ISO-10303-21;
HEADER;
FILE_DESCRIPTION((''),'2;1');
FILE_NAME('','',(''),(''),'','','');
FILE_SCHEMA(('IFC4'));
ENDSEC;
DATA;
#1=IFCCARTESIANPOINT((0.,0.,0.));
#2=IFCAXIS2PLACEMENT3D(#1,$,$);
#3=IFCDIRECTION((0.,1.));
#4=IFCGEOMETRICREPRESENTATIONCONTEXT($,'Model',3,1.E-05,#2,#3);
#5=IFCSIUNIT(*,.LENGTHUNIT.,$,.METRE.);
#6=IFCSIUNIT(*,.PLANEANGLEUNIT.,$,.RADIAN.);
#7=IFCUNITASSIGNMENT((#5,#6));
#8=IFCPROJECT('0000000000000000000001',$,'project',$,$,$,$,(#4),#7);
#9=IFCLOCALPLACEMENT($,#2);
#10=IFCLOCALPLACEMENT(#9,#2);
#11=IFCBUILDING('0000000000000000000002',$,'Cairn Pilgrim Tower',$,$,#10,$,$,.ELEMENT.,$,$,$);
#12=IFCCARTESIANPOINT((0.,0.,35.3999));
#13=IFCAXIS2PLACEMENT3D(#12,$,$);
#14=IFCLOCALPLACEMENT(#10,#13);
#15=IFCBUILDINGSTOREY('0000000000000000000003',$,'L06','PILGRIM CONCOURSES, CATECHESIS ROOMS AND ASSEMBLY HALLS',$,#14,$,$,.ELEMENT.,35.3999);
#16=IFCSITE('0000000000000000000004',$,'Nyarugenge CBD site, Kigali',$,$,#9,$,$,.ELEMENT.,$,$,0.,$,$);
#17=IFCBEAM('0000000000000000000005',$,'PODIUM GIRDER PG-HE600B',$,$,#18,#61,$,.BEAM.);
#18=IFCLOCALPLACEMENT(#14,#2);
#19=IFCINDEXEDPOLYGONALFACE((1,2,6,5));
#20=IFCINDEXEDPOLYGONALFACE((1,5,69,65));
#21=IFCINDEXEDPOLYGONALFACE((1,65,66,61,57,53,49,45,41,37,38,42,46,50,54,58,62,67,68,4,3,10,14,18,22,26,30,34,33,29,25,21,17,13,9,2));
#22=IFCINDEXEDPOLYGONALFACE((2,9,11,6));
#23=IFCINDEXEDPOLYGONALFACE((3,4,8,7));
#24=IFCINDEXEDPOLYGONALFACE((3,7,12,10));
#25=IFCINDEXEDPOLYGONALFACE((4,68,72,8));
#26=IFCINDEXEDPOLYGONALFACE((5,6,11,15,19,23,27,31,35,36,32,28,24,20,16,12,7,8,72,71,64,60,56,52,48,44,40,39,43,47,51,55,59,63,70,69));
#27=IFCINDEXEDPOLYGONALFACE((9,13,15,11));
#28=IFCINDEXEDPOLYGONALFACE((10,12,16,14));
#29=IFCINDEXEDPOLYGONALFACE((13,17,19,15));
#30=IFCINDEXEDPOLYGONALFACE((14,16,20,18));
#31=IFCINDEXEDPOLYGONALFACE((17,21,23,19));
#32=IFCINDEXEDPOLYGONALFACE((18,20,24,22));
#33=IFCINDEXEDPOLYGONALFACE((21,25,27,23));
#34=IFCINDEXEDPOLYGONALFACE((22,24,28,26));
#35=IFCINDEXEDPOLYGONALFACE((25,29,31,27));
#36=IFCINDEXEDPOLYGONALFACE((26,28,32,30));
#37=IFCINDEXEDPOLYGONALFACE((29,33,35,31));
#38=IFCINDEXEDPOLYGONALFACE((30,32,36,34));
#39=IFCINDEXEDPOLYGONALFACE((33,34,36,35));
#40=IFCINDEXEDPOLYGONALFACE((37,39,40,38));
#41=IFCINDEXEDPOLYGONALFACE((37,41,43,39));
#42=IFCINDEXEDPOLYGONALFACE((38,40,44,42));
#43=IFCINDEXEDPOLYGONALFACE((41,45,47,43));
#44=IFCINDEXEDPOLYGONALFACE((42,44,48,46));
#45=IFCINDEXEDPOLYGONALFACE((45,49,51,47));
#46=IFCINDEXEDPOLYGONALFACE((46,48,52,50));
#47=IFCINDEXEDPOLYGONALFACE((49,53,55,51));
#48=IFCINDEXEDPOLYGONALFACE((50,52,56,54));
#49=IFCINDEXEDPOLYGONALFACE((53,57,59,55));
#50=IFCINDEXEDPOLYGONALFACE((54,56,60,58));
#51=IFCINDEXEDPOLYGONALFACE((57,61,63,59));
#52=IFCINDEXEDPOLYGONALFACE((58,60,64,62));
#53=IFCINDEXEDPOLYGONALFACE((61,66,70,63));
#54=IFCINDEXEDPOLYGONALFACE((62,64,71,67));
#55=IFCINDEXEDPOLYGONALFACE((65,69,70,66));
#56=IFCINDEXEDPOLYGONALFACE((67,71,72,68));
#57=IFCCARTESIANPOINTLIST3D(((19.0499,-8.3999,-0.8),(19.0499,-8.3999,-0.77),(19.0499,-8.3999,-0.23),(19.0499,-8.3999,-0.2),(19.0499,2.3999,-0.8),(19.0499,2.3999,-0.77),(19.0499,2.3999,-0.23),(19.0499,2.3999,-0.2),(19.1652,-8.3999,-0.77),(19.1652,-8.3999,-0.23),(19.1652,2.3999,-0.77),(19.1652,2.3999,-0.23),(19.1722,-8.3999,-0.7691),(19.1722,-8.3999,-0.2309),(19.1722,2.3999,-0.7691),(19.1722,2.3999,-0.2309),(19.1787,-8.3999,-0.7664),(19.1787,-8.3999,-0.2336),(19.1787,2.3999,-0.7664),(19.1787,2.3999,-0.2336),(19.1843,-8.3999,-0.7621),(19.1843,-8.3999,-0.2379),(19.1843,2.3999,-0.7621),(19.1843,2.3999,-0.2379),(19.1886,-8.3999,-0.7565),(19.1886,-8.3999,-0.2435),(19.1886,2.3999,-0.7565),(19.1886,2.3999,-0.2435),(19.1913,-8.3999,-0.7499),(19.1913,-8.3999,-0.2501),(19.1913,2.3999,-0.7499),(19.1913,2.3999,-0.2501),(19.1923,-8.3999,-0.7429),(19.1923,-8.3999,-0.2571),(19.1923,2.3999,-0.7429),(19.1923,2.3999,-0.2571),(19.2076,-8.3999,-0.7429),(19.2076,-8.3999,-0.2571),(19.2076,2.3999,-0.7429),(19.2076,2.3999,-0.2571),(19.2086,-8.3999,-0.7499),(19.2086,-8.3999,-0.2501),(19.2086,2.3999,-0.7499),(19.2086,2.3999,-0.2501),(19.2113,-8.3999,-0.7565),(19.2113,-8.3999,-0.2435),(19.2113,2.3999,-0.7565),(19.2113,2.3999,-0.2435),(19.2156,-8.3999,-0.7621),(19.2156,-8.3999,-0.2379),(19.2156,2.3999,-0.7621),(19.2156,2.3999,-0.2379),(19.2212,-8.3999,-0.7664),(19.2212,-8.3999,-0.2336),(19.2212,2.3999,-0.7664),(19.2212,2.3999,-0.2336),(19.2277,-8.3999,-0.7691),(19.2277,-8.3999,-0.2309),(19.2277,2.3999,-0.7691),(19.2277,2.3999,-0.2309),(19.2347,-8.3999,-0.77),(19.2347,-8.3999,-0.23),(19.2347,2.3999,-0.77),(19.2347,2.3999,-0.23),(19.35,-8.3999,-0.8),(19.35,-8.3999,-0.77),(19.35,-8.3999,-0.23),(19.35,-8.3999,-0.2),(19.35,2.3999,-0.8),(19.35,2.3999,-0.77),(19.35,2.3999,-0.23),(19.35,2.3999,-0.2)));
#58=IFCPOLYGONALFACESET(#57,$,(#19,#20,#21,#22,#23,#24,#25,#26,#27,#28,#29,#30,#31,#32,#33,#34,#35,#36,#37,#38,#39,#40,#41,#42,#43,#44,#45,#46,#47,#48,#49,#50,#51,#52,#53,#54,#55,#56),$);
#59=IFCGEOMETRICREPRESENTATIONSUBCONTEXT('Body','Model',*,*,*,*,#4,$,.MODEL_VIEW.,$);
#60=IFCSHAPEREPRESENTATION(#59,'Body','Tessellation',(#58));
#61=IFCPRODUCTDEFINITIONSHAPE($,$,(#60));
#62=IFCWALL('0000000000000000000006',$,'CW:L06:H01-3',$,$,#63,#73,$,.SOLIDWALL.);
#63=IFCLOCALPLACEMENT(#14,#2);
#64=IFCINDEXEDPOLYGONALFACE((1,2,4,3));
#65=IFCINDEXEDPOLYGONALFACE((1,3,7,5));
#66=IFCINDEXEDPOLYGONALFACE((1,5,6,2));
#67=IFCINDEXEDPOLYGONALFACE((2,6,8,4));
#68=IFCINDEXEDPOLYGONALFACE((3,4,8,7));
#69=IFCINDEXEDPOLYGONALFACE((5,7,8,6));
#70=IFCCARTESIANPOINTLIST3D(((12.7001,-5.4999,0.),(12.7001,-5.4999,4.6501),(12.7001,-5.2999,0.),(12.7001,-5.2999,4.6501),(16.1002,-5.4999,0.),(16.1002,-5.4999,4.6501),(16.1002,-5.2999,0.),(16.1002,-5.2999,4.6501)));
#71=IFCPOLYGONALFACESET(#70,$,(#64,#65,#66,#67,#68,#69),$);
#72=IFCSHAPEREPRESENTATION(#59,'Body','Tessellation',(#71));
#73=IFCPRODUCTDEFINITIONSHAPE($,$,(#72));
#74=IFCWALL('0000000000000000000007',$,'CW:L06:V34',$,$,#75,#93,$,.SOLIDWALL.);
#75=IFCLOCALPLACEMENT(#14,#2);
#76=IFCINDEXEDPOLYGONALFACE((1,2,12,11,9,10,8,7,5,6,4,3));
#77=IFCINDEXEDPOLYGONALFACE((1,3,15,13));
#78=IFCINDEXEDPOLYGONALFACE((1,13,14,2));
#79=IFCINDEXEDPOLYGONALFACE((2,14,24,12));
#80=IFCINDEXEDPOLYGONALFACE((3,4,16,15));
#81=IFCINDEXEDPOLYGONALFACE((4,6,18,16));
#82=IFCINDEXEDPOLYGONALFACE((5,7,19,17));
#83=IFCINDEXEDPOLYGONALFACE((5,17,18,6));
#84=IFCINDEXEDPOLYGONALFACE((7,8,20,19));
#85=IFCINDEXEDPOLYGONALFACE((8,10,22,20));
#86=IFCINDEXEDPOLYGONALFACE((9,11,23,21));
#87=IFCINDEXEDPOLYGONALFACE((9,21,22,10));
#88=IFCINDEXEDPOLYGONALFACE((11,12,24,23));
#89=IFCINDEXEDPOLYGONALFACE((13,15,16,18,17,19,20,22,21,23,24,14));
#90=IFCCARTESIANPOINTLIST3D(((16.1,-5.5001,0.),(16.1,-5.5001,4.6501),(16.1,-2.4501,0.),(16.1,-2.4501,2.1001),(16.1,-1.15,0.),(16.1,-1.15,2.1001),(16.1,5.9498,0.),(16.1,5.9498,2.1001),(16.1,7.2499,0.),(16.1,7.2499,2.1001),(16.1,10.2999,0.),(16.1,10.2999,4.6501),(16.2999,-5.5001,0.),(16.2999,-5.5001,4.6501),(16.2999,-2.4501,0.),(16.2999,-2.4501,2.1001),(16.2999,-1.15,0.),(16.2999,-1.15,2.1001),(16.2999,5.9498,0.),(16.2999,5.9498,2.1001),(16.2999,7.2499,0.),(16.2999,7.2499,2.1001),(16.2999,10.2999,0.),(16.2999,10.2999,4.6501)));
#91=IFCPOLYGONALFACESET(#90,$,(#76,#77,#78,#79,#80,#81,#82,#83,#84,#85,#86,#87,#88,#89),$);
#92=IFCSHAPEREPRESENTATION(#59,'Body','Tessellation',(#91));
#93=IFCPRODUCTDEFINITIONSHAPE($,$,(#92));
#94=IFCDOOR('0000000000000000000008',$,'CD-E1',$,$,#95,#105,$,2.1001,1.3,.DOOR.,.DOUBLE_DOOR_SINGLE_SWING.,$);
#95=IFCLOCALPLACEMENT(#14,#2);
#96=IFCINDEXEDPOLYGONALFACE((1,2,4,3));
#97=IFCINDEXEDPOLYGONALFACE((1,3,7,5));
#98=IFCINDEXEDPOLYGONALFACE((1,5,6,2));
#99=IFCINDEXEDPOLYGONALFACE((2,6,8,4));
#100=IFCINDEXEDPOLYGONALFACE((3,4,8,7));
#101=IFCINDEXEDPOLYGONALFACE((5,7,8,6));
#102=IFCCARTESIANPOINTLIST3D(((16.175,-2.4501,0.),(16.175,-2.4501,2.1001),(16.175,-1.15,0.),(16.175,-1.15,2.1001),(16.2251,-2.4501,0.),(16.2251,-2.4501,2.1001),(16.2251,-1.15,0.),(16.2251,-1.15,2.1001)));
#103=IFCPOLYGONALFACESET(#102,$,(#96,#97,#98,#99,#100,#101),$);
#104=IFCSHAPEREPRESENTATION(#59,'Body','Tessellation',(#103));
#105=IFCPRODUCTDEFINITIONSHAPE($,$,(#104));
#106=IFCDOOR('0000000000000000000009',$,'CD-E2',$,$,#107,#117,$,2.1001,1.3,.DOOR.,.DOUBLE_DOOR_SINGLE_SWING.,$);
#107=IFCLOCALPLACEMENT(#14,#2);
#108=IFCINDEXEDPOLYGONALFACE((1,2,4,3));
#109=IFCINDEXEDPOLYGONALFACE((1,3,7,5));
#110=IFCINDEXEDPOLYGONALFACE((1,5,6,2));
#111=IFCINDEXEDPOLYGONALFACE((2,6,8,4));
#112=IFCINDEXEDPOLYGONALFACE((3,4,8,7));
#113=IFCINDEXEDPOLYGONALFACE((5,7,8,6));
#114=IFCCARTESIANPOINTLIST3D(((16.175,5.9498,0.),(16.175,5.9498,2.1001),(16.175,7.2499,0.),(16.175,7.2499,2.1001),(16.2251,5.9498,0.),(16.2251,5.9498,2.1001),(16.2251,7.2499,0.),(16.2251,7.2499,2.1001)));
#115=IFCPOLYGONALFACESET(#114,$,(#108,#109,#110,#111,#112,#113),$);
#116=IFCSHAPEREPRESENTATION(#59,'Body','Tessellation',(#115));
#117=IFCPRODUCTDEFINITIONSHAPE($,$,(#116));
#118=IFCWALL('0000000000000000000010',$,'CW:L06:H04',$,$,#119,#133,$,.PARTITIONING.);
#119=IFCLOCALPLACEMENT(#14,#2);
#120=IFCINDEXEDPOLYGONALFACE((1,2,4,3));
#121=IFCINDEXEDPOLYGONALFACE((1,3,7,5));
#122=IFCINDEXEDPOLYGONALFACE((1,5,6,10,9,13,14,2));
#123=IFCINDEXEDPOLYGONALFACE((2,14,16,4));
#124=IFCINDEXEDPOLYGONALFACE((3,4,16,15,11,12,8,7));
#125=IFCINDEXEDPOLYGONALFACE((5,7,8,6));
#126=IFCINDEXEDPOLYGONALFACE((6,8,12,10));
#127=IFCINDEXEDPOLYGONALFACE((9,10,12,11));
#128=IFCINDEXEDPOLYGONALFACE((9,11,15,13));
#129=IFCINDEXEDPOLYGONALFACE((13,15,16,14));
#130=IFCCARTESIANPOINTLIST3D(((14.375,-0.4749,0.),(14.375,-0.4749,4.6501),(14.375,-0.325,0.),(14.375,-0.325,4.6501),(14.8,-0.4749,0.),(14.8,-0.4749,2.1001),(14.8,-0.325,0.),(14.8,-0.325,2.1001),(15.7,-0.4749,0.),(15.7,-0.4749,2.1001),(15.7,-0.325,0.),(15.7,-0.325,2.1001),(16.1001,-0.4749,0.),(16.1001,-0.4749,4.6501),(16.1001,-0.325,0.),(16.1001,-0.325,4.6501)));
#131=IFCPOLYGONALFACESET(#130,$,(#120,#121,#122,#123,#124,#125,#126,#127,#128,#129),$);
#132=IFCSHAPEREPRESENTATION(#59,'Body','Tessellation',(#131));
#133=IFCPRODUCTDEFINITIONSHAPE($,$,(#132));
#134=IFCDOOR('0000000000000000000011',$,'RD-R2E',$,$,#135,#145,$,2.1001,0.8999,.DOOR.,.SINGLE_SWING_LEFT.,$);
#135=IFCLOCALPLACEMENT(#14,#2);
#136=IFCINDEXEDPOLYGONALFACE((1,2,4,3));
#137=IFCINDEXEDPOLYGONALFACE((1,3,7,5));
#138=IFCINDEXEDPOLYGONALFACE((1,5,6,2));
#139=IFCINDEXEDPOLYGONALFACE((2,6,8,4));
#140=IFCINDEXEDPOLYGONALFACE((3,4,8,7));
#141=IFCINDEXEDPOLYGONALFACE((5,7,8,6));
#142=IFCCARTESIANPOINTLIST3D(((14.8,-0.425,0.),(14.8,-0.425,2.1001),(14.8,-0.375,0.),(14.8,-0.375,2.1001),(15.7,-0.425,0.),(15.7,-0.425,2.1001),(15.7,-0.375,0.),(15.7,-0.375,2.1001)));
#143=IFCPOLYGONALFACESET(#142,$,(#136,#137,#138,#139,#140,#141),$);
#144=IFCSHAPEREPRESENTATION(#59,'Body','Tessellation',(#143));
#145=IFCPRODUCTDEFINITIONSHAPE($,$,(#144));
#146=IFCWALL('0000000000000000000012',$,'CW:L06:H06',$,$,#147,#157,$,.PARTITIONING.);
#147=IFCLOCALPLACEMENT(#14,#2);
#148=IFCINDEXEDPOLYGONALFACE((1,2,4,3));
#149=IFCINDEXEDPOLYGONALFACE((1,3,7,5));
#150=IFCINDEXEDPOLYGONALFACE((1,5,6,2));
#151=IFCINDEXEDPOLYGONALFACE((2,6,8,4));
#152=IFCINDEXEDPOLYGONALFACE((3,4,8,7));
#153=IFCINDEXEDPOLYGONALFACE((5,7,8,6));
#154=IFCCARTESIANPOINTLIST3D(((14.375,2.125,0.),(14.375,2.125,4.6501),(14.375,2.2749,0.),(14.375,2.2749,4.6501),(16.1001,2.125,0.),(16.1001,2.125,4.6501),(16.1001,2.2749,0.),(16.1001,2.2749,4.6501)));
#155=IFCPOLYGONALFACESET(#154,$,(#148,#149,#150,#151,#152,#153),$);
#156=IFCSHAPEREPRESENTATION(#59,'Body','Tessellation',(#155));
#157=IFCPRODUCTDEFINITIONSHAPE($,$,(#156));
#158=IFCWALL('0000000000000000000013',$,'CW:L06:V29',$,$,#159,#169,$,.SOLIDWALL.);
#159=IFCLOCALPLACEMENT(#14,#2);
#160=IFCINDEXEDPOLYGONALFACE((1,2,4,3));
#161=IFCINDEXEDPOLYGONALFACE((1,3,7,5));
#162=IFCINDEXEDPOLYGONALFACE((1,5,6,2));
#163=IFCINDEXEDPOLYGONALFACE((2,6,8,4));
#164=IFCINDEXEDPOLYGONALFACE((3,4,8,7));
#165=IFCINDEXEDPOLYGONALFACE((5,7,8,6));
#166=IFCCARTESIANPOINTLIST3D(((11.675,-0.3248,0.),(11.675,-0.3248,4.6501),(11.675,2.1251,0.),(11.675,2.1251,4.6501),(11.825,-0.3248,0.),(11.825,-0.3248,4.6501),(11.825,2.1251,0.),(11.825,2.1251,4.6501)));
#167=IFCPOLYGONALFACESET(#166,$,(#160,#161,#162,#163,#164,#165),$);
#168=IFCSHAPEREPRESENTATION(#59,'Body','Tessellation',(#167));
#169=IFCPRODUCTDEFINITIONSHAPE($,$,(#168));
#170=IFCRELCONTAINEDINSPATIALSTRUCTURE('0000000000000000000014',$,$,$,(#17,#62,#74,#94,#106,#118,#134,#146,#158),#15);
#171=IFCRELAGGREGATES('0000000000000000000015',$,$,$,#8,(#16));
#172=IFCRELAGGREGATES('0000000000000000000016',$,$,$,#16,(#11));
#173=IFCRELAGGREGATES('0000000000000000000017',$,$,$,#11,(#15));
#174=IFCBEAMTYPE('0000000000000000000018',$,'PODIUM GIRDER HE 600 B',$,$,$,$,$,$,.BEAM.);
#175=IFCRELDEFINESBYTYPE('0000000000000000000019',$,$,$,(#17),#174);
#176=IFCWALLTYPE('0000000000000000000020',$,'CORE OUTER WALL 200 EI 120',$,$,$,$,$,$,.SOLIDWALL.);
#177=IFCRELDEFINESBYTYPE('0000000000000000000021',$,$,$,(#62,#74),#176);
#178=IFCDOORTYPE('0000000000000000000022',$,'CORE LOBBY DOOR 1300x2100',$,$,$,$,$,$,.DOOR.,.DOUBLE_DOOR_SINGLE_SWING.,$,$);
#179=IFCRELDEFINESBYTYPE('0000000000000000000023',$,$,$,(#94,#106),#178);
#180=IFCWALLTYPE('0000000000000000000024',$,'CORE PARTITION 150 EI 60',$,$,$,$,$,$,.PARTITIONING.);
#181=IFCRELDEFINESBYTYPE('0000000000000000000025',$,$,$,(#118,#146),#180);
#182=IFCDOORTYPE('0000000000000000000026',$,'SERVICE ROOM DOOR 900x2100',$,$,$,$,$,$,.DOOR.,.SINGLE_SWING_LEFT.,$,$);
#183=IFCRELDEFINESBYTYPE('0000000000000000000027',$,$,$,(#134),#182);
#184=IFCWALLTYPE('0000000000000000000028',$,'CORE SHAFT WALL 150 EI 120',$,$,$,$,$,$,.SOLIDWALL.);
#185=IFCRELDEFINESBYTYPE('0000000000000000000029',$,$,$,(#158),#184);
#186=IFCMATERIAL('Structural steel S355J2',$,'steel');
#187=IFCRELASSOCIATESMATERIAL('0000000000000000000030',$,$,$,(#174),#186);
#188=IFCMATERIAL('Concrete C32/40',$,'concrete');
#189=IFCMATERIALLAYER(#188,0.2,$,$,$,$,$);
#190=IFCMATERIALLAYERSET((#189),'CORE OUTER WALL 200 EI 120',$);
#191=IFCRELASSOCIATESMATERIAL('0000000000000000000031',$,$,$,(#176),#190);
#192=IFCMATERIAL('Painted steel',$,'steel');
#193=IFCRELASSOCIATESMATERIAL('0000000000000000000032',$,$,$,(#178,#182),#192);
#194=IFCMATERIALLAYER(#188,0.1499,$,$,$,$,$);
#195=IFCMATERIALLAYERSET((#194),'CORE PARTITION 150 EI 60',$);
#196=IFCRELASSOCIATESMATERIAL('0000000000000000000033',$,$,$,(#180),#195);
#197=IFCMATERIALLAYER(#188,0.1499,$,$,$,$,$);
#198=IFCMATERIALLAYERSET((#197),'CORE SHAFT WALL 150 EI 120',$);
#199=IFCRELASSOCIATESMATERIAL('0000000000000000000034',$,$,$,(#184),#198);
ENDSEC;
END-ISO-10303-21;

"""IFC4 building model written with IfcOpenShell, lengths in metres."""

from ifc_helpers import new_model, si_unit, direction, frame, frame_2d, origin, origin_2d, place, context, subcontext, project, spatial, rectangle, i_section, extrude, material, layer, layer_set, material_profile, profile_set, type_object, element, fill, save


model = new_model("IFC4")

# Units and contexts
model_context = context("Model", 3, precision=1e-05, world=origin(), true_north=direction((0.0, 1.0)))
body_context = subcontext(model_context, "Body", "Model", "MODEL_VIEW")
ifc_project = project(units=[si_unit("LENGTHUNIT", "METRE"), si_unit("PLANEANGLEUNIT", "RADIAN")], contexts=[model_context])

# Site, building, storey
site_placement = place(None, origin())
site = spatial("IfcSite", under=ifc_project, at=site_placement, Name="Nyarugenge CBD site, Kigali", CompositionType="ELEMENT", RefElevation=0.0)
building_placement = place(site_placement, origin())
building = spatial("IfcBuilding", under=site, at=building_placement, Name="Cairn Pilgrim Tower", CompositionType="ELEMENT")
storey_placement = place(building_placement, frame((0.0, 0.0, 35.3999)))
storey = spatial("IfcBuildingStorey", under=building, at=storey_placement, Name="L06", Description="PILGRIM CONCOURSES, CATECHESIS ROOMS AND ASSEMBLY HALLS", CompositionType="ELEMENT", Elevation=35.3999)

# Beam
ifc_material_1 = material(Name="Structural steel S355J2", Category="steel")
ifc_material_profile_1 = material_profile(ifc_material_1, i_section(OverallWidth=0.3, OverallDepth=0.6001, WebThickness=0.0154, FlangeThickness=0.03, FilletRadius=0.0271, at=origin_2d()), Name="HEB 600")
ifc_profile_set_1 = profile_set([ifc_material_profile_1], Name="Structural steel S355J2")
beam_type_1 = type_object("IfcBeamType", Name="PODIUM GIRDER HE 600 B", PredefinedType="BEAM", material=ifc_profile_set_1)
beam_1_placement = place(storey_placement, frame((19.2, -8.3999, -0.5), z_axis=(0.0, 1.0, 0.0), x_axis=(-1.0, 0.0, 0.0)))
element("IfcBeam", 1, at=beam_1_placement, inside=storey, type_object=beam_type_1, Name="PODIUM GIRDER PG-HE600B", PredefinedType="BEAM", context=body_context, shape_type="SweptSolid", body=[
    extrude(i_section(OverallWidth=0.3, OverallDepth=0.6001, WebThickness=0.0154, FlangeThickness=0.03, FilletRadius=0.0271, at=origin_2d()), origin(), (0.0, 0.0, 1.0), 10.7998),
])

# Wall
ifc_material_2 = material(Name="Concrete C32/40", Category="concrete")
ifc_layer_1 = layer(ifc_material_2, 0.2)
ifc_layer_set_1 = layer_set([ifc_layer_1], Name="CORE OUTER WALL 200 EI 120")
wall_type_1 = type_object("IfcWallType", Name="CORE OUTER WALL 200 EI 120", PredefinedType="SOLIDWALL", material=ifc_layer_set_1)
wall_1_placement = place(storey_placement, frame((12.7, -5.3999, 0.0), z_axis=(0.0, 0.0, 1.0), x_axis=(1.0, 0.0, 0.0)))
element("IfcWall", 2, at=wall_1_placement, inside=storey, type_object=wall_type_1, Name="CW:L06:H01-3", PredefinedType="SOLIDWALL", context=body_context, shape_type="SweptSolid", body=[
    extrude(rectangle(XDim=3.4001, YDim=0.2, at=frame_2d((1.7002, 0.0))), origin(), (0.0, 0.0, 1.0), 4.6501),
])

# Wall, openings, doors
wall_2_placement = place(storey_placement, frame((16.2, -5.5, 0.0), z_axis=(0.0, 0.0, 1.0), x_axis=(0.0, 1.0, 0.0)))
wall_2 = element("IfcWall", 3, at=wall_2_placement, inside=storey, type_object=wall_type_1, Name="CW:L06:V34", PredefinedType="SOLIDWALL", context=body_context, shape_type="SweptSolid", body=[
    extrude(rectangle(XDim=15.8, YDim=0.2, at=frame_2d((7.8999, 0.0))), origin(), (0.0, 0.0, 1.0), 4.6501),
])
opening_1_placement = place(wall_2_placement, frame((3.05, 0.0, 0.0)))
opening_1 = element("IfcOpeningElement", 4, at=opening_1_placement, cuts=wall_2, PredefinedType="OPENING", context=body_context, shape_type="SweptSolid", body=[
    extrude(rectangle(XDim=1.3, YDim=2.1001, at=frame_2d((0.6499, 1.05))), frame((0.0, 0.1099, 0.0), z_axis=(0.0, -1.0, 0.0), x_axis=(1.0, 0.0, 0.0)), (0.0, 0.0, 1.0), 0.22),
])
opening_2_placement = place(wall_2_placement, frame((11.45, 0.0, 0.0)))
opening_2 = element("IfcOpeningElement", 5, at=opening_2_placement, cuts=wall_2, PredefinedType="OPENING", context=body_context, shape_type="SweptSolid", body=[
    extrude(rectangle(XDim=1.3, YDim=2.1001, at=frame_2d((0.6499, 1.05))), frame((0.0, 0.1099, 0.0), z_axis=(0.0, -1.0, 0.0), x_axis=(1.0, 0.0, 0.0)), (0.0, 0.0, 1.0), 0.22),
])
ifc_material_3 = material(Name="Painted steel", Category="steel")
door_type_1 = type_object("IfcDoorType", Name="CORE LOBBY DOOR 1300x2100", OperationType="DOUBLE_DOOR_SINGLE_SWING", PredefinedType="DOOR", material=ifc_material_3)
door_1_placement = place(opening_1_placement, origin())
door_1 = element("IfcDoor", 6, at=door_1_placement, inside=storey, type_object=door_type_1, Name="CD-E1", OperationType="DOUBLE_DOOR_SINGLE_SWING", OverallHeight=2.1001, OverallWidth=1.3, PredefinedType="DOOR", context=body_context, shape_type="SweptSolid", body=[
    extrude(rectangle(XDim=1.3, YDim=2.1001, at=frame_2d((0.6499, 1.05))), frame((0.0, 0.0249, 0.0), z_axis=(0.0, -1.0, 0.0), x_axis=(1.0, 0.0, 0.0)), (0.0, 0.0, 1.0), 0.05),
])
fill(opening_1, door_1)
door_2_placement = place(opening_2_placement, origin())
door_2 = element("IfcDoor", 7, at=door_2_placement, inside=storey, type_object=door_type_1, Name="CD-E2", OperationType="DOUBLE_DOOR_SINGLE_SWING", OverallHeight=2.1001, OverallWidth=1.3, PredefinedType="DOOR", context=body_context, shape_type="SweptSolid", body=[
    extrude(rectangle(XDim=1.3, YDim=2.1001, at=frame_2d((0.6499, 1.05))), frame((0.0, 0.0249, 0.0), z_axis=(0.0, -1.0, 0.0), x_axis=(1.0, 0.0, 0.0)), (0.0, 0.0, 1.0), 0.05),
])
fill(opening_2, door_2)

# Wall, opening, door
ifc_layer_2 = layer(ifc_material_2, 0.1499)
ifc_layer_set_2 = layer_set([ifc_layer_2], Name="CORE PARTITION 150 EI 60")
wall_type_2 = type_object("IfcWallType", Name="CORE PARTITION 150 EI 60", PredefinedType="PARTITIONING", material=ifc_layer_set_2)
wall_3_placement = place(storey_placement, frame((14.375, -0.3999, 0.0), z_axis=(0.0, 0.0, 1.0), x_axis=(1.0, 0.0, 0.0)))
wall_3 = element("IfcWall", 8, at=wall_3_placement, inside=storey, type_object=wall_type_2, Name="CW:L06:H04", PredefinedType="PARTITIONING", context=body_context, shape_type="SweptSolid", body=[
    extrude(rectangle(XDim=1.7251, YDim=0.1499, at=frame_2d((0.8625, 0.0))), origin(), (0.0, 0.0, 1.0), 4.6501),
])
opening_3_placement = place(wall_3_placement, frame((0.425, 0.0, 0.0)))
opening_3 = element("IfcOpeningElement", 9, at=opening_3_placement, cuts=wall_3, PredefinedType="OPENING", context=body_context, shape_type="SweptSolid", body=[
    extrude(rectangle(XDim=0.8999, YDim=2.1001, at=frame_2d((0.45, 1.05))), frame((0.0, 0.085, 0.0), z_axis=(0.0, -1.0, 0.0), x_axis=(1.0, 0.0, 0.0)), (0.0, 0.0, 1.0), 0.1699),
])
door_type_2 = type_object("IfcDoorType", Name="SERVICE ROOM DOOR 900x2100", OperationType="SINGLE_SWING_LEFT", PredefinedType="DOOR", material=ifc_material_3)
door_3_placement = place(opening_3_placement, origin())
door_3 = element("IfcDoor", 10, at=door_3_placement, inside=storey, type_object=door_type_2, Name="RD-R2E", OperationType="SINGLE_SWING_LEFT", OverallHeight=2.1001, OverallWidth=0.8999, PredefinedType="DOOR", context=body_context, shape_type="SweptSolid", body=[
    extrude(rectangle(XDim=0.8999, YDim=2.1001, at=frame_2d((0.45, 1.05))), frame((0.0, 0.0249, 0.0), z_axis=(0.0, -1.0, 0.0), x_axis=(1.0, 0.0, 0.0)), (0.0, 0.0, 1.0), 0.05),
])
fill(opening_3, door_3)

# Walls
wall_4_placement = place(storey_placement, frame((14.375, 2.2, 0.0), z_axis=(0.0, 0.0, 1.0), x_axis=(1.0, 0.0, 0.0)))
element("IfcWall", 11, at=wall_4_placement, inside=storey, type_object=wall_type_2, Name="CW:L06:H06", PredefinedType="PARTITIONING", context=body_context, shape_type="SweptSolid", body=[
    extrude(rectangle(XDim=1.7251, YDim=0.1499, at=frame_2d((0.8625, 0.0))), origin(), (0.0, 0.0, 1.0), 4.6501),
])
ifc_layer_3 = layer(ifc_material_2, 0.1499)
ifc_layer_set_3 = layer_set([ifc_layer_3], Name="CORE SHAFT WALL 150 EI 120")
wall_type_3 = type_object("IfcWallType", Name="CORE SHAFT WALL 150 EI 120", PredefinedType="SOLIDWALL", material=ifc_layer_set_3)
wall_5_placement = place(storey_placement, frame((11.75, -0.325, 0.0), z_axis=(0.0, 0.0, 1.0), x_axis=(0.0, 1.0, 0.0)))
element("IfcWall", 12, at=wall_5_placement, inside=storey, type_object=wall_type_3, Name="CW:L06:V29", PredefinedType="SOLIDWALL", context=body_context, shape_type="SweptSolid", body=[
    extrude(rectangle(XDim=2.45, YDim=0.1499, at=frame_2d((1.2251, 0.0))), origin(), (0.0, 0.0, 1.0), 4.6501),
])

save(model, "model.ifc")
